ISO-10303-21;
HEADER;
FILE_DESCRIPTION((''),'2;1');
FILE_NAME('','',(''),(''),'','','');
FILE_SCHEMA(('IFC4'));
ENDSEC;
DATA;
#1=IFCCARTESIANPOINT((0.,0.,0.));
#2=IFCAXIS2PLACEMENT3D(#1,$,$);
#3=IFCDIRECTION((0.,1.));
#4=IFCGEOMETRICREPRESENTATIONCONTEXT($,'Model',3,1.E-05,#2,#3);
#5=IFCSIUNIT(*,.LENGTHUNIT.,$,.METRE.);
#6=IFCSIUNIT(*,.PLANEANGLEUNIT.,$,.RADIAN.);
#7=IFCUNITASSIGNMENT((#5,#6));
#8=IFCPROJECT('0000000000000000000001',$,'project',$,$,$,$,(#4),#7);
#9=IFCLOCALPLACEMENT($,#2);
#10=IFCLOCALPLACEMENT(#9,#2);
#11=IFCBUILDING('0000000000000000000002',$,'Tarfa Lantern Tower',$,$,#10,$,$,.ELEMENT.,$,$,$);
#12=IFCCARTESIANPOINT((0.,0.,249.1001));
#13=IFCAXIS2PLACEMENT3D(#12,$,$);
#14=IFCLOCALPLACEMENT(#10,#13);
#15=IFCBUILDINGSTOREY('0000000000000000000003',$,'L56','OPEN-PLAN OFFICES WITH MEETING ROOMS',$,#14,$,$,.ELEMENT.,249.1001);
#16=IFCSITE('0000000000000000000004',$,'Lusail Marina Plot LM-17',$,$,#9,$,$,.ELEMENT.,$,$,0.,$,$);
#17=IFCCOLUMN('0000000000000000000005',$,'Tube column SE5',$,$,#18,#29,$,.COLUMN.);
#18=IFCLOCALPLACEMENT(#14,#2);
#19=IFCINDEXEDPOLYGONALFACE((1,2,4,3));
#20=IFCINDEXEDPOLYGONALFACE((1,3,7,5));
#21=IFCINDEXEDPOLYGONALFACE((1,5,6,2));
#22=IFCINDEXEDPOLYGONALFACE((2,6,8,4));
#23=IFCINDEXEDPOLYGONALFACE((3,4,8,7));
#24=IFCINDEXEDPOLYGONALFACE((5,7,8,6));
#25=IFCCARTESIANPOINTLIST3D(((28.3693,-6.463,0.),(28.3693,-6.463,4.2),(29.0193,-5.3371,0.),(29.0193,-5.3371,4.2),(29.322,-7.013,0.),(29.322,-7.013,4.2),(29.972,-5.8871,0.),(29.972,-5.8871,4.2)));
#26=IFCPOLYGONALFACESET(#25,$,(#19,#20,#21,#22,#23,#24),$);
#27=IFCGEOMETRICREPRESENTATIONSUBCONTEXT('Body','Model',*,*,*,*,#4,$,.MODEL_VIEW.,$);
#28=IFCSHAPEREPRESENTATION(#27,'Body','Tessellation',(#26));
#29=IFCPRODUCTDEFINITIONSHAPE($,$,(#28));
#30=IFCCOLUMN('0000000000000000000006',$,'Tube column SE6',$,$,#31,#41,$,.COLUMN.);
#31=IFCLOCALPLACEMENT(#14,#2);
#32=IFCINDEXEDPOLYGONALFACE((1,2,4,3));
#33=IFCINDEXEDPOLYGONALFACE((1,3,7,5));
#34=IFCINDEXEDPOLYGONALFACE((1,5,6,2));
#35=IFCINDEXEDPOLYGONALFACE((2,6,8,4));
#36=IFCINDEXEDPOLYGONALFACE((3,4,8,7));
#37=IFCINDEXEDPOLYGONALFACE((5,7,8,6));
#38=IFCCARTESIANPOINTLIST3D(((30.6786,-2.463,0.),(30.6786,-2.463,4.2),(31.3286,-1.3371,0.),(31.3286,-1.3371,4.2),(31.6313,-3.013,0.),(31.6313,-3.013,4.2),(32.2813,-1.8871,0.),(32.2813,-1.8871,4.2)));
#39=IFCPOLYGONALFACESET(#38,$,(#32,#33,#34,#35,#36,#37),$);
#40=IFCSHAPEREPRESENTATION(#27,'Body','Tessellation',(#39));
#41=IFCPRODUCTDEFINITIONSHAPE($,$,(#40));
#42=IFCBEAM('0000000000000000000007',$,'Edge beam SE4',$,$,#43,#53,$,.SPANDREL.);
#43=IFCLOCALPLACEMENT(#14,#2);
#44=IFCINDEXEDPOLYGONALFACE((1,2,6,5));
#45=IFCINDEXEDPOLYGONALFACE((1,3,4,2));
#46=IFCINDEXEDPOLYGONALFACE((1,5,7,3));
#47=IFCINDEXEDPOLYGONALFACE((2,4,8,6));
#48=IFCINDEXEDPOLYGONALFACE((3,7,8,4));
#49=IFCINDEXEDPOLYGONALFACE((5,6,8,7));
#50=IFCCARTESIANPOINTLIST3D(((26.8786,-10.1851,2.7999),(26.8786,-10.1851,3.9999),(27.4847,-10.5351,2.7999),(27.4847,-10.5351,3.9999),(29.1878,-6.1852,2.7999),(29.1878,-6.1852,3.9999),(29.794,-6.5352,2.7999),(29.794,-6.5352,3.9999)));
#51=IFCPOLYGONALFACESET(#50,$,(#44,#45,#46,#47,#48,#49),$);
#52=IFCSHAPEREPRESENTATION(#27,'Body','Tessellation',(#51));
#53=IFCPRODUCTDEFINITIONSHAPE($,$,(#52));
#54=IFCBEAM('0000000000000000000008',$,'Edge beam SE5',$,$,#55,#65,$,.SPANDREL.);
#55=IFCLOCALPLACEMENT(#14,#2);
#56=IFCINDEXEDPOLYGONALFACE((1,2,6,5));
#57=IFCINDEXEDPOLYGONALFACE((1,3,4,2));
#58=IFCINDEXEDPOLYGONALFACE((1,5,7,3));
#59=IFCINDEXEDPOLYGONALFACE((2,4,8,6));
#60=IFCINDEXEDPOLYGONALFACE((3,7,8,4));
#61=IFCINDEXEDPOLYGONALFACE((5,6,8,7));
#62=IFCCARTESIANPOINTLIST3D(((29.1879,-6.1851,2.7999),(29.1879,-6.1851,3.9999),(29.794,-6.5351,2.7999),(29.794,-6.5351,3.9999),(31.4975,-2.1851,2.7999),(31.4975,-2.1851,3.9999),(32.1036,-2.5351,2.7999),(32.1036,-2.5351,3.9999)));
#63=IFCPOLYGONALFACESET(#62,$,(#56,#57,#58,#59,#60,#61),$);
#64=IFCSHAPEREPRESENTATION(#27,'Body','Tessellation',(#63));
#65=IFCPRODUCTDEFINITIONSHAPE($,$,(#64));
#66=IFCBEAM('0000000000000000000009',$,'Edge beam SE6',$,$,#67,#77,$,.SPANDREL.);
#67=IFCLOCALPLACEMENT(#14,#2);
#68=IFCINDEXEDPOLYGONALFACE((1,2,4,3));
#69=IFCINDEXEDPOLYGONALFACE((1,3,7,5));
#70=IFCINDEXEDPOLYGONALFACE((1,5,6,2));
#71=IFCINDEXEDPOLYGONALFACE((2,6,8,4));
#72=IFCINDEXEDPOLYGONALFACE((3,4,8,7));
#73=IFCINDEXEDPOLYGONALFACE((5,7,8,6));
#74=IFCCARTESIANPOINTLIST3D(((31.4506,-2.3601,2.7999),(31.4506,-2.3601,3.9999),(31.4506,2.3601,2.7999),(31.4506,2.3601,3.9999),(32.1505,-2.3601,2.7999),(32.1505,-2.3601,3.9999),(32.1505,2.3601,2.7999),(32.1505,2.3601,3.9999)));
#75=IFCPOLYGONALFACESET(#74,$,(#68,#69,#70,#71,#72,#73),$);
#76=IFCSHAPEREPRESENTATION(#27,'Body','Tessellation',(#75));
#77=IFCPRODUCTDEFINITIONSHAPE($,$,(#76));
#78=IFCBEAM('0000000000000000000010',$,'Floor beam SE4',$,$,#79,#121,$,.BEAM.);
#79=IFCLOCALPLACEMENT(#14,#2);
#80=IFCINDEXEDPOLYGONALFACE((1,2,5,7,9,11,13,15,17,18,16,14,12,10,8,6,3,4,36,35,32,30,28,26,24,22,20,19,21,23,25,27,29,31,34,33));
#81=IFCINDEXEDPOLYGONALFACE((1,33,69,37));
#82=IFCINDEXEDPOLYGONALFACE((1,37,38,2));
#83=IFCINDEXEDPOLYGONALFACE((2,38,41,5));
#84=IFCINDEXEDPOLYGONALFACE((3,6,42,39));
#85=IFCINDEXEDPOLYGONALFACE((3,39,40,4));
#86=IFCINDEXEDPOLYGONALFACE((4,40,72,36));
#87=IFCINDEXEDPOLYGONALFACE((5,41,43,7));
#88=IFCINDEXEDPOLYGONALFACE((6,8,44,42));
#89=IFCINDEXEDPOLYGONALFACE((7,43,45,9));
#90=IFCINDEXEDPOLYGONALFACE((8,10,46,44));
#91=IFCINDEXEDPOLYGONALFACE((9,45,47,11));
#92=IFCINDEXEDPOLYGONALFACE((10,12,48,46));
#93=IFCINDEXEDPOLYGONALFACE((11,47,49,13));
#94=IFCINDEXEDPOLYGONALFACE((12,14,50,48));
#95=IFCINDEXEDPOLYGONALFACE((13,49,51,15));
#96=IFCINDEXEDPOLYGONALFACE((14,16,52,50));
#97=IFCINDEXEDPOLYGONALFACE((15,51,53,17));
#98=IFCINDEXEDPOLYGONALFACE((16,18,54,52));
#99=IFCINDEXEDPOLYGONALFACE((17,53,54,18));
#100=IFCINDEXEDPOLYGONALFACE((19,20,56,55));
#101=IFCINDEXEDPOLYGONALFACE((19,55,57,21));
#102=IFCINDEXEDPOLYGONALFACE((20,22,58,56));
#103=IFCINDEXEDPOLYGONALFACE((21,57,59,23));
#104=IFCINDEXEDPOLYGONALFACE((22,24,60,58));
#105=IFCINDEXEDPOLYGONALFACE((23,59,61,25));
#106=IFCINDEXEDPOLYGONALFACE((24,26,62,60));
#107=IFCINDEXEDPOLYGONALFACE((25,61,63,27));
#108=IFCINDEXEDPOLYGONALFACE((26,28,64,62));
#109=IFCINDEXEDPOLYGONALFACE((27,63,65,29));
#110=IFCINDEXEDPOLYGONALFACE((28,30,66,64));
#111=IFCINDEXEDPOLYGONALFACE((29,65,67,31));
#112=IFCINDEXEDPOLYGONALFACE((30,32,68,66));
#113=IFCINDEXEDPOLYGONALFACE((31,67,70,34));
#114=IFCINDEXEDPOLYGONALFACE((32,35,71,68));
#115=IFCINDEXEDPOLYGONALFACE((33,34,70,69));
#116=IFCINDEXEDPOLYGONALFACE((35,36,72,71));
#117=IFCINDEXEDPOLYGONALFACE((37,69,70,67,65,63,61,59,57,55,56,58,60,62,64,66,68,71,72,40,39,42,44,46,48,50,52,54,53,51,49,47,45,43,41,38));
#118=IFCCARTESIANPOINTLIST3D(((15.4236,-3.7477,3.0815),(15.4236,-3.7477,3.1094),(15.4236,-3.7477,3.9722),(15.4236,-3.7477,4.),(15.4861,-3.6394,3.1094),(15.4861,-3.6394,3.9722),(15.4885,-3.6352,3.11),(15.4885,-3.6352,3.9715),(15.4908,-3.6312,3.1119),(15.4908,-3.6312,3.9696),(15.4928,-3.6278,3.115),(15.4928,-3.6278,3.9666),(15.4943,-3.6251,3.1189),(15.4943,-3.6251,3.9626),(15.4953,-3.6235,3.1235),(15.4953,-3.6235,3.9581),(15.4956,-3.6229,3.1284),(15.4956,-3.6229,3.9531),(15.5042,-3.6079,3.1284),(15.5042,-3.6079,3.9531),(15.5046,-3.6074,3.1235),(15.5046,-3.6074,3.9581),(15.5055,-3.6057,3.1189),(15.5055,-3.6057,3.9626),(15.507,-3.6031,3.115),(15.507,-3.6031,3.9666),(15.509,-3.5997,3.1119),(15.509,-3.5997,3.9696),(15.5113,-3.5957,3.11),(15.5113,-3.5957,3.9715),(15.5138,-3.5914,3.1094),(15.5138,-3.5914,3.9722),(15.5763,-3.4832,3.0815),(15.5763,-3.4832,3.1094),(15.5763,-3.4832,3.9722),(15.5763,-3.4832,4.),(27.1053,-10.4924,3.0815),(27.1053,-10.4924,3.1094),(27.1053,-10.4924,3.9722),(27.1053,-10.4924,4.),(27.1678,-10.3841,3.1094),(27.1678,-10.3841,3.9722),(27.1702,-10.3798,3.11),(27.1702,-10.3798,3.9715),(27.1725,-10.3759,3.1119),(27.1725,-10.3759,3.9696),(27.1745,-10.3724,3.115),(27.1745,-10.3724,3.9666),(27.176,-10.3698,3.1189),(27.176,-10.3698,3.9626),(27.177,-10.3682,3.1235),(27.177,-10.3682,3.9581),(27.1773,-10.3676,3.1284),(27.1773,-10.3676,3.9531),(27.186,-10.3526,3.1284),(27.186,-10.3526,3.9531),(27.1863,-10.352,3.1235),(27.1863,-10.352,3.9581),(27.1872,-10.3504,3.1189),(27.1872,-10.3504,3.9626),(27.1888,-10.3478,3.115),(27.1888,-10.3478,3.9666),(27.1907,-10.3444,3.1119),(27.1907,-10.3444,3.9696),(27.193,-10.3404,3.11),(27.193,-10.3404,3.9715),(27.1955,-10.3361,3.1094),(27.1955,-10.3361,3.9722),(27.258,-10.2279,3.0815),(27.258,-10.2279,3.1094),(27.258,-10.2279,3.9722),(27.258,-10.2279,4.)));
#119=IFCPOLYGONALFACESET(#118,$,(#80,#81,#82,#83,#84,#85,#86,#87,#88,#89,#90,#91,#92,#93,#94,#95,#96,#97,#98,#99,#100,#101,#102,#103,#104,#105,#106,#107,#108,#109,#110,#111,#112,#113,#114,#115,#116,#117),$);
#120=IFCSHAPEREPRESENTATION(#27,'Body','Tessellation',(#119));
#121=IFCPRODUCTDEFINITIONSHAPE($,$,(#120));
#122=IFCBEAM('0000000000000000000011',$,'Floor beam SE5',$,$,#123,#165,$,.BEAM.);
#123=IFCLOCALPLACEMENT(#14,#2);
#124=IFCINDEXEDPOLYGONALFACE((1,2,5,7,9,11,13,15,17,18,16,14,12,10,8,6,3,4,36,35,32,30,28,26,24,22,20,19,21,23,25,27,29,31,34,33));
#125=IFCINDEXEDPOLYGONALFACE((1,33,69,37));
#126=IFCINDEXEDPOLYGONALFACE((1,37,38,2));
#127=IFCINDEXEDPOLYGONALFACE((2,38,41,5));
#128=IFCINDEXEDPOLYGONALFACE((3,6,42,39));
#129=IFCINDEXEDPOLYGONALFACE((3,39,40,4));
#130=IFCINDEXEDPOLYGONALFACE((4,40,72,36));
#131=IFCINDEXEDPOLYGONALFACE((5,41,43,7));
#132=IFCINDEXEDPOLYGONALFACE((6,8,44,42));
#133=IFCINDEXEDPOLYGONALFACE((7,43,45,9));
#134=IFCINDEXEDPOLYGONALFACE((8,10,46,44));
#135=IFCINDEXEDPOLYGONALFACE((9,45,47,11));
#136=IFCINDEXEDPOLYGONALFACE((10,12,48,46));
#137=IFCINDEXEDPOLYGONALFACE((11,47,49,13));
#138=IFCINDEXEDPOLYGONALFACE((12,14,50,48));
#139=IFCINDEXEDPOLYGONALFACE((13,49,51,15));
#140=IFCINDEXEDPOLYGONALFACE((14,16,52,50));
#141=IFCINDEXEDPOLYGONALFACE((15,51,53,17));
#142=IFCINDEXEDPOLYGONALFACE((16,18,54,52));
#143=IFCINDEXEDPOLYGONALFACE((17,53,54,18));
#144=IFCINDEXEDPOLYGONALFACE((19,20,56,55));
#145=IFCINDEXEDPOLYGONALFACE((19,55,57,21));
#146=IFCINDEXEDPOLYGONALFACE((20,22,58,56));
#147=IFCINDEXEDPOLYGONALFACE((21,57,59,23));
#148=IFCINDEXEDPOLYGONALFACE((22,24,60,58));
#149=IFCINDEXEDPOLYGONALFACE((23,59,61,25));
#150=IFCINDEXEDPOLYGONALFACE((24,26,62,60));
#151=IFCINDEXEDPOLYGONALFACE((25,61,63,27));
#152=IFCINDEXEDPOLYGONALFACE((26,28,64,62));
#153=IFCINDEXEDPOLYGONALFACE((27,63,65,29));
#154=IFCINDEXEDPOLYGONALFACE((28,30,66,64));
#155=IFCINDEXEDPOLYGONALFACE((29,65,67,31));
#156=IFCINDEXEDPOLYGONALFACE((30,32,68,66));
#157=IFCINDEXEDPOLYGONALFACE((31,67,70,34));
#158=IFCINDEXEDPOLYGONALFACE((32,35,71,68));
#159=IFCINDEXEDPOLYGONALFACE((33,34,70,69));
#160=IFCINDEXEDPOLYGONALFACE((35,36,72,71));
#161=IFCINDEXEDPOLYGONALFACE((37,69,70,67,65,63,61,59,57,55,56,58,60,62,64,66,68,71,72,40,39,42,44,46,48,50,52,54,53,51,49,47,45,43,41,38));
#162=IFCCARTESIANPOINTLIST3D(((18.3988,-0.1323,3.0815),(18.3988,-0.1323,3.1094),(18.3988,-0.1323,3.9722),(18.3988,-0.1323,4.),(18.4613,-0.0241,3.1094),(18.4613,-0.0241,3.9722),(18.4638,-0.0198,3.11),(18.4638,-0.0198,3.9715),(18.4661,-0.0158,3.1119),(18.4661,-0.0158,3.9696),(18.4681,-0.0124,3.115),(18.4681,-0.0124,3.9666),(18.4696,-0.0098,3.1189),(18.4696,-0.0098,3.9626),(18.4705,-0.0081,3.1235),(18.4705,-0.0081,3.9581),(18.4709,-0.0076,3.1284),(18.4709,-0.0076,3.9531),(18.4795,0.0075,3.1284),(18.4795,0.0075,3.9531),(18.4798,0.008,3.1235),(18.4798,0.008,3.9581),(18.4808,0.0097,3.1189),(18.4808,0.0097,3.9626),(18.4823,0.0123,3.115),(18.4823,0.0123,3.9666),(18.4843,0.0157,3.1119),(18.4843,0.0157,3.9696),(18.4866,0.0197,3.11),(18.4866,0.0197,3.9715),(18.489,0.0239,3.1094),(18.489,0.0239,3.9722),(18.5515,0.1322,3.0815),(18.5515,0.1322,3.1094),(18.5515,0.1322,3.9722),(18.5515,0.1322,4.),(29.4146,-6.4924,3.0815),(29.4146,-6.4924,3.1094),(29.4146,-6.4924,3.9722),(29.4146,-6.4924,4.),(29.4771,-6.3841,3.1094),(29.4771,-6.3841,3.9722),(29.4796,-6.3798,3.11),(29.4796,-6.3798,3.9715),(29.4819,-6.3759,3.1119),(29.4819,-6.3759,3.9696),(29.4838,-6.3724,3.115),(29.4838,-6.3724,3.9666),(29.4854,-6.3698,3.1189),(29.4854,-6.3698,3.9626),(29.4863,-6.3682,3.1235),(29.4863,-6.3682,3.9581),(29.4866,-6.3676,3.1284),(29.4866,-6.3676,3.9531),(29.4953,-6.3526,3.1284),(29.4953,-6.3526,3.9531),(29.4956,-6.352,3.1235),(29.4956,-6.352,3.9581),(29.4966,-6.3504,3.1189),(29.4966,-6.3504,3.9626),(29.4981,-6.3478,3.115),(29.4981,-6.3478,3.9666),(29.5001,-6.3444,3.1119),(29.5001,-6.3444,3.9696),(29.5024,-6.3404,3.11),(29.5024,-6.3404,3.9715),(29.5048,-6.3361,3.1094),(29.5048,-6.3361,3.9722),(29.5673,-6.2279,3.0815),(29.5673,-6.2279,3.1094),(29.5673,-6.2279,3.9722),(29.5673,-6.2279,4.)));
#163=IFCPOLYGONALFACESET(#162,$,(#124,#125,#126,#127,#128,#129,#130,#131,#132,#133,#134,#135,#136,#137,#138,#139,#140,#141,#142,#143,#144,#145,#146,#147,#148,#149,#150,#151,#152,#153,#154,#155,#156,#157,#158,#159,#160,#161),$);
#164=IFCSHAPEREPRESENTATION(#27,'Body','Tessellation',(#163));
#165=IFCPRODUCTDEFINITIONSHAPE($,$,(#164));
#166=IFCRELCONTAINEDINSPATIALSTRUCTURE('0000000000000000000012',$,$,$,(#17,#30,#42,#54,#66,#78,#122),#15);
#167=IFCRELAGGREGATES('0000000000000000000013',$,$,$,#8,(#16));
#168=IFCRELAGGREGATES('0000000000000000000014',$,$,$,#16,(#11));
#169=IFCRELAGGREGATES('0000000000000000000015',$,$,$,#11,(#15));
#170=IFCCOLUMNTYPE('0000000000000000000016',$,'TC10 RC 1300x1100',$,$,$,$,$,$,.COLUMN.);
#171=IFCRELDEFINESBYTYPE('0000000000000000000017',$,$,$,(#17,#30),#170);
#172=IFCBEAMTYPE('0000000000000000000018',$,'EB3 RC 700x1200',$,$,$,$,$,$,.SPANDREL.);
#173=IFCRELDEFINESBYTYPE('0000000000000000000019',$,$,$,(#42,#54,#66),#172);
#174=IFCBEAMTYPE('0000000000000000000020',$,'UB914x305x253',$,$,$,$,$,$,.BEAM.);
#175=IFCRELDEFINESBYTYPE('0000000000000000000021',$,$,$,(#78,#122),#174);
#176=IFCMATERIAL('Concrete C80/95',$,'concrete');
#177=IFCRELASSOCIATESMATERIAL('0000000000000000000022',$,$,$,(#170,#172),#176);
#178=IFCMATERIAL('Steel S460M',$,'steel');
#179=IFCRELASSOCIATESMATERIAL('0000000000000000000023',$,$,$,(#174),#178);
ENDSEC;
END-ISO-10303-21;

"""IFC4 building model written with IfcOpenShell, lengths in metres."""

from ifc_helpers import new_model, si_unit, direction, frame, origin, origin_2d, place, context, subcontext, project, spatial, rectangle, i_section, extrude, material, material_profile, profile_set, type_object, element, save


model = new_model("IFC4")

# Units and contexts
model_context = context("Model", 3, precision=1e-05, world=origin(), true_north=direction((0.0, 1.0)))
body_context = subcontext(model_context, "Body", "Model", "MODEL_VIEW")
ifc_project = project(units=[si_unit("LENGTHUNIT", "METRE"), si_unit("PLANEANGLEUNIT", "RADIAN")], contexts=[model_context])

# Site, building, storey
site_placement = place(None, origin())
site = spatial("IfcSite", under=ifc_project, at=site_placement, Name="Lusail Marina Plot LM-17", CompositionType="ELEMENT", RefElevation=0.0)
building_placement = place(site_placement, origin())
building = spatial("IfcBuilding", under=site, at=building_placement, Name="Tarfa Lantern Tower", CompositionType="ELEMENT")
storey_placement = place(building_placement, frame((0.0, 0.0, 249.1001)))
storey = spatial("IfcBuildingStorey", under=building, at=storey_placement, Name="L56", Description="OPEN-PLAN OFFICES WITH MEETING ROOMS", CompositionType="ELEMENT", Elevation=249.1001)

# Columns
ifc_material_1 = material(Name="Concrete C80/95", Category="concrete")
ifc_material_profile_1 = material_profile(ifc_material_1, rectangle(XDim=1.3, YDim=1.1001, at=origin_2d()), Name="RC 1300x1100")
ifc_profile_set_1 = profile_set([ifc_material_profile_1], Name="Concrete C80/95")
column_type = type_object("IfcColumnType", Name="TC10 RC 1300x1100", PredefinedType="COLUMN", material=ifc_profile_set_1)
for number, where, z_axis, x_axis, name in (
    (1, (29.1707, -6.175, 0.0), (0.0, 0.0, 1.0), (0.5, 0.866025, 0.0), "Tube column SE5"),
    (2, (31.48, -2.175, 0.0), (0.0, 0.0, 1.0), (0.5, 0.866025, 0.0), "Tube column SE6"),
):
    element("IfcColumn", number, at=place(storey_placement, frame(where, z_axis=z_axis, x_axis=x_axis)), inside=storey, type_object=column_type, Name=name, PredefinedType="COLUMN", context=body_context, shape_type="SweptSolid", body=[
        extrude(rectangle(XDim=1.3, YDim=1.1001, at=origin_2d()), origin(), (0.0, 0.0, 1.0), 4.2),
    ])

# Beams
ifc_material_profile_2 = material_profile(ifc_material_1, rectangle(XDim=0.7, YDim=1.2, at=origin_2d()), Name="RC 700x1200")
ifc_profile_set_2 = profile_set([ifc_material_profile_2], Name="Concrete C80/95")
beam_type_1 = type_object("IfcBeamType", Name="EB3 RC 700x1200", PredefinedType="SPANDREL", material=ifc_profile_set_2)
beam_1_placement = place(storey_placement, frame((27.1816, -10.3601, 3.3999), z_axis=(0.499988, 0.866032, 0.0), x_axis=(-0.866032, 0.499988, 0.0)))
element("IfcBeam", 3, at=beam_1_placement, inside=storey, type_object=beam_type_1, Name="Edge beam SE4", PredefinedType="SPANDREL", context=body_context, shape_type="SweptSolid", body=[
    extrude(rectangle(XDim=0.7, YDim=1.2, at=origin_2d()), origin(), (0.0, 0.0, 1.0), 4.6187),
])
beam_2_placement = place(storey_placement, frame((29.491, -6.3601, 3.3999), z_axis=(0.500027, 0.86601, 0.0), x_axis=(-0.86601, 0.500027, 0.0)))
element("IfcBeam", 4, at=beam_2_placement, inside=storey, type_object=beam_type_1, Name="Edge beam SE5", PredefinedType="SPANDREL", context=body_context, shape_type="SweptSolid", body=[
    extrude(rectangle(XDim=0.7, YDim=1.2, at=origin_2d()), origin(), (0.0, 0.0, 1.0), 4.6189),
])
beam_3_placement = place(storey_placement, frame((31.8005, -2.3601, 3.3999), z_axis=(0.0, 1.0, 0.0), x_axis=(-1.0, 0.0, 0.0)))
element("IfcBeam", 5, at=beam_3_placement, inside=storey, type_object=beam_type_1, Name="Edge beam SE6", PredefinedType="SPANDREL", context=body_context, shape_type="SweptSolid", body=[
    extrude(rectangle(XDim=0.7, YDim=1.2, at=origin_2d()), origin(), (0.0, 0.0, 1.0), 4.7202),
])
ifc_material_2 = material(Name="Steel S460M", Category="steel")
ifc_material_profile_3 = material_profile(ifc_material_2, i_section(OverallWidth=0.3054, OverallDepth=0.9185, WebThickness=0.0173, FlangeThickness=0.0278, FilletRadius=0.019, at=origin_2d()), Name="UB914x305x253")
ifc_profile_set_3 = profile_set([ifc_material_profile_3], Name="Steel S460M")
beam_type_2 = type_object("IfcBeamType", Name="UB914x305x253", PredefinedType="BEAM", material=ifc_profile_set_3)
beam_4_placement = place(storey_placement, frame((27.1816, -10.3601, 3.5408), z_axis=(-0.866018, 0.500013, 0.0), x_axis=(-0.500013, -0.866018, 0.0)))
element("IfcBeam", 6, at=beam_4_placement, inside=storey, type_object=beam_type_2, Name="Floor beam SE4", PredefinedType="BEAM", context=body_context, shape_type="SweptSolid", body=[
    extrude(i_section(OverallWidth=0.3054, OverallDepth=0.9185, WebThickness=0.0173, FlangeThickness=0.0278, FilletRadius=0.019, at=origin_2d()), origin(), (0.0, 0.0, 1.0), 13.489),
])
beam_5_placement = place(storey_placement, frame((29.491, -6.3601, 3.5408), z_axis=(-0.866022, 0.500005, 0.0), x_axis=(-0.500005, -0.866022, 0.0)))
element("IfcBeam", 7, at=beam_5_placement, inside=storey, type_object=beam_type_2, Name="Floor beam SE5", PredefinedType="BEAM", context=body_context, shape_type="SweptSolid", body=[
    extrude(i_section(OverallWidth=0.3054, OverallDepth=0.9185, WebThickness=0.0173, FlangeThickness=0.0278, FilletRadius=0.019, at=origin_2d()), origin(), (0.0, 0.0, 1.0), 12.72),
])

save(model, "model.ifc")
